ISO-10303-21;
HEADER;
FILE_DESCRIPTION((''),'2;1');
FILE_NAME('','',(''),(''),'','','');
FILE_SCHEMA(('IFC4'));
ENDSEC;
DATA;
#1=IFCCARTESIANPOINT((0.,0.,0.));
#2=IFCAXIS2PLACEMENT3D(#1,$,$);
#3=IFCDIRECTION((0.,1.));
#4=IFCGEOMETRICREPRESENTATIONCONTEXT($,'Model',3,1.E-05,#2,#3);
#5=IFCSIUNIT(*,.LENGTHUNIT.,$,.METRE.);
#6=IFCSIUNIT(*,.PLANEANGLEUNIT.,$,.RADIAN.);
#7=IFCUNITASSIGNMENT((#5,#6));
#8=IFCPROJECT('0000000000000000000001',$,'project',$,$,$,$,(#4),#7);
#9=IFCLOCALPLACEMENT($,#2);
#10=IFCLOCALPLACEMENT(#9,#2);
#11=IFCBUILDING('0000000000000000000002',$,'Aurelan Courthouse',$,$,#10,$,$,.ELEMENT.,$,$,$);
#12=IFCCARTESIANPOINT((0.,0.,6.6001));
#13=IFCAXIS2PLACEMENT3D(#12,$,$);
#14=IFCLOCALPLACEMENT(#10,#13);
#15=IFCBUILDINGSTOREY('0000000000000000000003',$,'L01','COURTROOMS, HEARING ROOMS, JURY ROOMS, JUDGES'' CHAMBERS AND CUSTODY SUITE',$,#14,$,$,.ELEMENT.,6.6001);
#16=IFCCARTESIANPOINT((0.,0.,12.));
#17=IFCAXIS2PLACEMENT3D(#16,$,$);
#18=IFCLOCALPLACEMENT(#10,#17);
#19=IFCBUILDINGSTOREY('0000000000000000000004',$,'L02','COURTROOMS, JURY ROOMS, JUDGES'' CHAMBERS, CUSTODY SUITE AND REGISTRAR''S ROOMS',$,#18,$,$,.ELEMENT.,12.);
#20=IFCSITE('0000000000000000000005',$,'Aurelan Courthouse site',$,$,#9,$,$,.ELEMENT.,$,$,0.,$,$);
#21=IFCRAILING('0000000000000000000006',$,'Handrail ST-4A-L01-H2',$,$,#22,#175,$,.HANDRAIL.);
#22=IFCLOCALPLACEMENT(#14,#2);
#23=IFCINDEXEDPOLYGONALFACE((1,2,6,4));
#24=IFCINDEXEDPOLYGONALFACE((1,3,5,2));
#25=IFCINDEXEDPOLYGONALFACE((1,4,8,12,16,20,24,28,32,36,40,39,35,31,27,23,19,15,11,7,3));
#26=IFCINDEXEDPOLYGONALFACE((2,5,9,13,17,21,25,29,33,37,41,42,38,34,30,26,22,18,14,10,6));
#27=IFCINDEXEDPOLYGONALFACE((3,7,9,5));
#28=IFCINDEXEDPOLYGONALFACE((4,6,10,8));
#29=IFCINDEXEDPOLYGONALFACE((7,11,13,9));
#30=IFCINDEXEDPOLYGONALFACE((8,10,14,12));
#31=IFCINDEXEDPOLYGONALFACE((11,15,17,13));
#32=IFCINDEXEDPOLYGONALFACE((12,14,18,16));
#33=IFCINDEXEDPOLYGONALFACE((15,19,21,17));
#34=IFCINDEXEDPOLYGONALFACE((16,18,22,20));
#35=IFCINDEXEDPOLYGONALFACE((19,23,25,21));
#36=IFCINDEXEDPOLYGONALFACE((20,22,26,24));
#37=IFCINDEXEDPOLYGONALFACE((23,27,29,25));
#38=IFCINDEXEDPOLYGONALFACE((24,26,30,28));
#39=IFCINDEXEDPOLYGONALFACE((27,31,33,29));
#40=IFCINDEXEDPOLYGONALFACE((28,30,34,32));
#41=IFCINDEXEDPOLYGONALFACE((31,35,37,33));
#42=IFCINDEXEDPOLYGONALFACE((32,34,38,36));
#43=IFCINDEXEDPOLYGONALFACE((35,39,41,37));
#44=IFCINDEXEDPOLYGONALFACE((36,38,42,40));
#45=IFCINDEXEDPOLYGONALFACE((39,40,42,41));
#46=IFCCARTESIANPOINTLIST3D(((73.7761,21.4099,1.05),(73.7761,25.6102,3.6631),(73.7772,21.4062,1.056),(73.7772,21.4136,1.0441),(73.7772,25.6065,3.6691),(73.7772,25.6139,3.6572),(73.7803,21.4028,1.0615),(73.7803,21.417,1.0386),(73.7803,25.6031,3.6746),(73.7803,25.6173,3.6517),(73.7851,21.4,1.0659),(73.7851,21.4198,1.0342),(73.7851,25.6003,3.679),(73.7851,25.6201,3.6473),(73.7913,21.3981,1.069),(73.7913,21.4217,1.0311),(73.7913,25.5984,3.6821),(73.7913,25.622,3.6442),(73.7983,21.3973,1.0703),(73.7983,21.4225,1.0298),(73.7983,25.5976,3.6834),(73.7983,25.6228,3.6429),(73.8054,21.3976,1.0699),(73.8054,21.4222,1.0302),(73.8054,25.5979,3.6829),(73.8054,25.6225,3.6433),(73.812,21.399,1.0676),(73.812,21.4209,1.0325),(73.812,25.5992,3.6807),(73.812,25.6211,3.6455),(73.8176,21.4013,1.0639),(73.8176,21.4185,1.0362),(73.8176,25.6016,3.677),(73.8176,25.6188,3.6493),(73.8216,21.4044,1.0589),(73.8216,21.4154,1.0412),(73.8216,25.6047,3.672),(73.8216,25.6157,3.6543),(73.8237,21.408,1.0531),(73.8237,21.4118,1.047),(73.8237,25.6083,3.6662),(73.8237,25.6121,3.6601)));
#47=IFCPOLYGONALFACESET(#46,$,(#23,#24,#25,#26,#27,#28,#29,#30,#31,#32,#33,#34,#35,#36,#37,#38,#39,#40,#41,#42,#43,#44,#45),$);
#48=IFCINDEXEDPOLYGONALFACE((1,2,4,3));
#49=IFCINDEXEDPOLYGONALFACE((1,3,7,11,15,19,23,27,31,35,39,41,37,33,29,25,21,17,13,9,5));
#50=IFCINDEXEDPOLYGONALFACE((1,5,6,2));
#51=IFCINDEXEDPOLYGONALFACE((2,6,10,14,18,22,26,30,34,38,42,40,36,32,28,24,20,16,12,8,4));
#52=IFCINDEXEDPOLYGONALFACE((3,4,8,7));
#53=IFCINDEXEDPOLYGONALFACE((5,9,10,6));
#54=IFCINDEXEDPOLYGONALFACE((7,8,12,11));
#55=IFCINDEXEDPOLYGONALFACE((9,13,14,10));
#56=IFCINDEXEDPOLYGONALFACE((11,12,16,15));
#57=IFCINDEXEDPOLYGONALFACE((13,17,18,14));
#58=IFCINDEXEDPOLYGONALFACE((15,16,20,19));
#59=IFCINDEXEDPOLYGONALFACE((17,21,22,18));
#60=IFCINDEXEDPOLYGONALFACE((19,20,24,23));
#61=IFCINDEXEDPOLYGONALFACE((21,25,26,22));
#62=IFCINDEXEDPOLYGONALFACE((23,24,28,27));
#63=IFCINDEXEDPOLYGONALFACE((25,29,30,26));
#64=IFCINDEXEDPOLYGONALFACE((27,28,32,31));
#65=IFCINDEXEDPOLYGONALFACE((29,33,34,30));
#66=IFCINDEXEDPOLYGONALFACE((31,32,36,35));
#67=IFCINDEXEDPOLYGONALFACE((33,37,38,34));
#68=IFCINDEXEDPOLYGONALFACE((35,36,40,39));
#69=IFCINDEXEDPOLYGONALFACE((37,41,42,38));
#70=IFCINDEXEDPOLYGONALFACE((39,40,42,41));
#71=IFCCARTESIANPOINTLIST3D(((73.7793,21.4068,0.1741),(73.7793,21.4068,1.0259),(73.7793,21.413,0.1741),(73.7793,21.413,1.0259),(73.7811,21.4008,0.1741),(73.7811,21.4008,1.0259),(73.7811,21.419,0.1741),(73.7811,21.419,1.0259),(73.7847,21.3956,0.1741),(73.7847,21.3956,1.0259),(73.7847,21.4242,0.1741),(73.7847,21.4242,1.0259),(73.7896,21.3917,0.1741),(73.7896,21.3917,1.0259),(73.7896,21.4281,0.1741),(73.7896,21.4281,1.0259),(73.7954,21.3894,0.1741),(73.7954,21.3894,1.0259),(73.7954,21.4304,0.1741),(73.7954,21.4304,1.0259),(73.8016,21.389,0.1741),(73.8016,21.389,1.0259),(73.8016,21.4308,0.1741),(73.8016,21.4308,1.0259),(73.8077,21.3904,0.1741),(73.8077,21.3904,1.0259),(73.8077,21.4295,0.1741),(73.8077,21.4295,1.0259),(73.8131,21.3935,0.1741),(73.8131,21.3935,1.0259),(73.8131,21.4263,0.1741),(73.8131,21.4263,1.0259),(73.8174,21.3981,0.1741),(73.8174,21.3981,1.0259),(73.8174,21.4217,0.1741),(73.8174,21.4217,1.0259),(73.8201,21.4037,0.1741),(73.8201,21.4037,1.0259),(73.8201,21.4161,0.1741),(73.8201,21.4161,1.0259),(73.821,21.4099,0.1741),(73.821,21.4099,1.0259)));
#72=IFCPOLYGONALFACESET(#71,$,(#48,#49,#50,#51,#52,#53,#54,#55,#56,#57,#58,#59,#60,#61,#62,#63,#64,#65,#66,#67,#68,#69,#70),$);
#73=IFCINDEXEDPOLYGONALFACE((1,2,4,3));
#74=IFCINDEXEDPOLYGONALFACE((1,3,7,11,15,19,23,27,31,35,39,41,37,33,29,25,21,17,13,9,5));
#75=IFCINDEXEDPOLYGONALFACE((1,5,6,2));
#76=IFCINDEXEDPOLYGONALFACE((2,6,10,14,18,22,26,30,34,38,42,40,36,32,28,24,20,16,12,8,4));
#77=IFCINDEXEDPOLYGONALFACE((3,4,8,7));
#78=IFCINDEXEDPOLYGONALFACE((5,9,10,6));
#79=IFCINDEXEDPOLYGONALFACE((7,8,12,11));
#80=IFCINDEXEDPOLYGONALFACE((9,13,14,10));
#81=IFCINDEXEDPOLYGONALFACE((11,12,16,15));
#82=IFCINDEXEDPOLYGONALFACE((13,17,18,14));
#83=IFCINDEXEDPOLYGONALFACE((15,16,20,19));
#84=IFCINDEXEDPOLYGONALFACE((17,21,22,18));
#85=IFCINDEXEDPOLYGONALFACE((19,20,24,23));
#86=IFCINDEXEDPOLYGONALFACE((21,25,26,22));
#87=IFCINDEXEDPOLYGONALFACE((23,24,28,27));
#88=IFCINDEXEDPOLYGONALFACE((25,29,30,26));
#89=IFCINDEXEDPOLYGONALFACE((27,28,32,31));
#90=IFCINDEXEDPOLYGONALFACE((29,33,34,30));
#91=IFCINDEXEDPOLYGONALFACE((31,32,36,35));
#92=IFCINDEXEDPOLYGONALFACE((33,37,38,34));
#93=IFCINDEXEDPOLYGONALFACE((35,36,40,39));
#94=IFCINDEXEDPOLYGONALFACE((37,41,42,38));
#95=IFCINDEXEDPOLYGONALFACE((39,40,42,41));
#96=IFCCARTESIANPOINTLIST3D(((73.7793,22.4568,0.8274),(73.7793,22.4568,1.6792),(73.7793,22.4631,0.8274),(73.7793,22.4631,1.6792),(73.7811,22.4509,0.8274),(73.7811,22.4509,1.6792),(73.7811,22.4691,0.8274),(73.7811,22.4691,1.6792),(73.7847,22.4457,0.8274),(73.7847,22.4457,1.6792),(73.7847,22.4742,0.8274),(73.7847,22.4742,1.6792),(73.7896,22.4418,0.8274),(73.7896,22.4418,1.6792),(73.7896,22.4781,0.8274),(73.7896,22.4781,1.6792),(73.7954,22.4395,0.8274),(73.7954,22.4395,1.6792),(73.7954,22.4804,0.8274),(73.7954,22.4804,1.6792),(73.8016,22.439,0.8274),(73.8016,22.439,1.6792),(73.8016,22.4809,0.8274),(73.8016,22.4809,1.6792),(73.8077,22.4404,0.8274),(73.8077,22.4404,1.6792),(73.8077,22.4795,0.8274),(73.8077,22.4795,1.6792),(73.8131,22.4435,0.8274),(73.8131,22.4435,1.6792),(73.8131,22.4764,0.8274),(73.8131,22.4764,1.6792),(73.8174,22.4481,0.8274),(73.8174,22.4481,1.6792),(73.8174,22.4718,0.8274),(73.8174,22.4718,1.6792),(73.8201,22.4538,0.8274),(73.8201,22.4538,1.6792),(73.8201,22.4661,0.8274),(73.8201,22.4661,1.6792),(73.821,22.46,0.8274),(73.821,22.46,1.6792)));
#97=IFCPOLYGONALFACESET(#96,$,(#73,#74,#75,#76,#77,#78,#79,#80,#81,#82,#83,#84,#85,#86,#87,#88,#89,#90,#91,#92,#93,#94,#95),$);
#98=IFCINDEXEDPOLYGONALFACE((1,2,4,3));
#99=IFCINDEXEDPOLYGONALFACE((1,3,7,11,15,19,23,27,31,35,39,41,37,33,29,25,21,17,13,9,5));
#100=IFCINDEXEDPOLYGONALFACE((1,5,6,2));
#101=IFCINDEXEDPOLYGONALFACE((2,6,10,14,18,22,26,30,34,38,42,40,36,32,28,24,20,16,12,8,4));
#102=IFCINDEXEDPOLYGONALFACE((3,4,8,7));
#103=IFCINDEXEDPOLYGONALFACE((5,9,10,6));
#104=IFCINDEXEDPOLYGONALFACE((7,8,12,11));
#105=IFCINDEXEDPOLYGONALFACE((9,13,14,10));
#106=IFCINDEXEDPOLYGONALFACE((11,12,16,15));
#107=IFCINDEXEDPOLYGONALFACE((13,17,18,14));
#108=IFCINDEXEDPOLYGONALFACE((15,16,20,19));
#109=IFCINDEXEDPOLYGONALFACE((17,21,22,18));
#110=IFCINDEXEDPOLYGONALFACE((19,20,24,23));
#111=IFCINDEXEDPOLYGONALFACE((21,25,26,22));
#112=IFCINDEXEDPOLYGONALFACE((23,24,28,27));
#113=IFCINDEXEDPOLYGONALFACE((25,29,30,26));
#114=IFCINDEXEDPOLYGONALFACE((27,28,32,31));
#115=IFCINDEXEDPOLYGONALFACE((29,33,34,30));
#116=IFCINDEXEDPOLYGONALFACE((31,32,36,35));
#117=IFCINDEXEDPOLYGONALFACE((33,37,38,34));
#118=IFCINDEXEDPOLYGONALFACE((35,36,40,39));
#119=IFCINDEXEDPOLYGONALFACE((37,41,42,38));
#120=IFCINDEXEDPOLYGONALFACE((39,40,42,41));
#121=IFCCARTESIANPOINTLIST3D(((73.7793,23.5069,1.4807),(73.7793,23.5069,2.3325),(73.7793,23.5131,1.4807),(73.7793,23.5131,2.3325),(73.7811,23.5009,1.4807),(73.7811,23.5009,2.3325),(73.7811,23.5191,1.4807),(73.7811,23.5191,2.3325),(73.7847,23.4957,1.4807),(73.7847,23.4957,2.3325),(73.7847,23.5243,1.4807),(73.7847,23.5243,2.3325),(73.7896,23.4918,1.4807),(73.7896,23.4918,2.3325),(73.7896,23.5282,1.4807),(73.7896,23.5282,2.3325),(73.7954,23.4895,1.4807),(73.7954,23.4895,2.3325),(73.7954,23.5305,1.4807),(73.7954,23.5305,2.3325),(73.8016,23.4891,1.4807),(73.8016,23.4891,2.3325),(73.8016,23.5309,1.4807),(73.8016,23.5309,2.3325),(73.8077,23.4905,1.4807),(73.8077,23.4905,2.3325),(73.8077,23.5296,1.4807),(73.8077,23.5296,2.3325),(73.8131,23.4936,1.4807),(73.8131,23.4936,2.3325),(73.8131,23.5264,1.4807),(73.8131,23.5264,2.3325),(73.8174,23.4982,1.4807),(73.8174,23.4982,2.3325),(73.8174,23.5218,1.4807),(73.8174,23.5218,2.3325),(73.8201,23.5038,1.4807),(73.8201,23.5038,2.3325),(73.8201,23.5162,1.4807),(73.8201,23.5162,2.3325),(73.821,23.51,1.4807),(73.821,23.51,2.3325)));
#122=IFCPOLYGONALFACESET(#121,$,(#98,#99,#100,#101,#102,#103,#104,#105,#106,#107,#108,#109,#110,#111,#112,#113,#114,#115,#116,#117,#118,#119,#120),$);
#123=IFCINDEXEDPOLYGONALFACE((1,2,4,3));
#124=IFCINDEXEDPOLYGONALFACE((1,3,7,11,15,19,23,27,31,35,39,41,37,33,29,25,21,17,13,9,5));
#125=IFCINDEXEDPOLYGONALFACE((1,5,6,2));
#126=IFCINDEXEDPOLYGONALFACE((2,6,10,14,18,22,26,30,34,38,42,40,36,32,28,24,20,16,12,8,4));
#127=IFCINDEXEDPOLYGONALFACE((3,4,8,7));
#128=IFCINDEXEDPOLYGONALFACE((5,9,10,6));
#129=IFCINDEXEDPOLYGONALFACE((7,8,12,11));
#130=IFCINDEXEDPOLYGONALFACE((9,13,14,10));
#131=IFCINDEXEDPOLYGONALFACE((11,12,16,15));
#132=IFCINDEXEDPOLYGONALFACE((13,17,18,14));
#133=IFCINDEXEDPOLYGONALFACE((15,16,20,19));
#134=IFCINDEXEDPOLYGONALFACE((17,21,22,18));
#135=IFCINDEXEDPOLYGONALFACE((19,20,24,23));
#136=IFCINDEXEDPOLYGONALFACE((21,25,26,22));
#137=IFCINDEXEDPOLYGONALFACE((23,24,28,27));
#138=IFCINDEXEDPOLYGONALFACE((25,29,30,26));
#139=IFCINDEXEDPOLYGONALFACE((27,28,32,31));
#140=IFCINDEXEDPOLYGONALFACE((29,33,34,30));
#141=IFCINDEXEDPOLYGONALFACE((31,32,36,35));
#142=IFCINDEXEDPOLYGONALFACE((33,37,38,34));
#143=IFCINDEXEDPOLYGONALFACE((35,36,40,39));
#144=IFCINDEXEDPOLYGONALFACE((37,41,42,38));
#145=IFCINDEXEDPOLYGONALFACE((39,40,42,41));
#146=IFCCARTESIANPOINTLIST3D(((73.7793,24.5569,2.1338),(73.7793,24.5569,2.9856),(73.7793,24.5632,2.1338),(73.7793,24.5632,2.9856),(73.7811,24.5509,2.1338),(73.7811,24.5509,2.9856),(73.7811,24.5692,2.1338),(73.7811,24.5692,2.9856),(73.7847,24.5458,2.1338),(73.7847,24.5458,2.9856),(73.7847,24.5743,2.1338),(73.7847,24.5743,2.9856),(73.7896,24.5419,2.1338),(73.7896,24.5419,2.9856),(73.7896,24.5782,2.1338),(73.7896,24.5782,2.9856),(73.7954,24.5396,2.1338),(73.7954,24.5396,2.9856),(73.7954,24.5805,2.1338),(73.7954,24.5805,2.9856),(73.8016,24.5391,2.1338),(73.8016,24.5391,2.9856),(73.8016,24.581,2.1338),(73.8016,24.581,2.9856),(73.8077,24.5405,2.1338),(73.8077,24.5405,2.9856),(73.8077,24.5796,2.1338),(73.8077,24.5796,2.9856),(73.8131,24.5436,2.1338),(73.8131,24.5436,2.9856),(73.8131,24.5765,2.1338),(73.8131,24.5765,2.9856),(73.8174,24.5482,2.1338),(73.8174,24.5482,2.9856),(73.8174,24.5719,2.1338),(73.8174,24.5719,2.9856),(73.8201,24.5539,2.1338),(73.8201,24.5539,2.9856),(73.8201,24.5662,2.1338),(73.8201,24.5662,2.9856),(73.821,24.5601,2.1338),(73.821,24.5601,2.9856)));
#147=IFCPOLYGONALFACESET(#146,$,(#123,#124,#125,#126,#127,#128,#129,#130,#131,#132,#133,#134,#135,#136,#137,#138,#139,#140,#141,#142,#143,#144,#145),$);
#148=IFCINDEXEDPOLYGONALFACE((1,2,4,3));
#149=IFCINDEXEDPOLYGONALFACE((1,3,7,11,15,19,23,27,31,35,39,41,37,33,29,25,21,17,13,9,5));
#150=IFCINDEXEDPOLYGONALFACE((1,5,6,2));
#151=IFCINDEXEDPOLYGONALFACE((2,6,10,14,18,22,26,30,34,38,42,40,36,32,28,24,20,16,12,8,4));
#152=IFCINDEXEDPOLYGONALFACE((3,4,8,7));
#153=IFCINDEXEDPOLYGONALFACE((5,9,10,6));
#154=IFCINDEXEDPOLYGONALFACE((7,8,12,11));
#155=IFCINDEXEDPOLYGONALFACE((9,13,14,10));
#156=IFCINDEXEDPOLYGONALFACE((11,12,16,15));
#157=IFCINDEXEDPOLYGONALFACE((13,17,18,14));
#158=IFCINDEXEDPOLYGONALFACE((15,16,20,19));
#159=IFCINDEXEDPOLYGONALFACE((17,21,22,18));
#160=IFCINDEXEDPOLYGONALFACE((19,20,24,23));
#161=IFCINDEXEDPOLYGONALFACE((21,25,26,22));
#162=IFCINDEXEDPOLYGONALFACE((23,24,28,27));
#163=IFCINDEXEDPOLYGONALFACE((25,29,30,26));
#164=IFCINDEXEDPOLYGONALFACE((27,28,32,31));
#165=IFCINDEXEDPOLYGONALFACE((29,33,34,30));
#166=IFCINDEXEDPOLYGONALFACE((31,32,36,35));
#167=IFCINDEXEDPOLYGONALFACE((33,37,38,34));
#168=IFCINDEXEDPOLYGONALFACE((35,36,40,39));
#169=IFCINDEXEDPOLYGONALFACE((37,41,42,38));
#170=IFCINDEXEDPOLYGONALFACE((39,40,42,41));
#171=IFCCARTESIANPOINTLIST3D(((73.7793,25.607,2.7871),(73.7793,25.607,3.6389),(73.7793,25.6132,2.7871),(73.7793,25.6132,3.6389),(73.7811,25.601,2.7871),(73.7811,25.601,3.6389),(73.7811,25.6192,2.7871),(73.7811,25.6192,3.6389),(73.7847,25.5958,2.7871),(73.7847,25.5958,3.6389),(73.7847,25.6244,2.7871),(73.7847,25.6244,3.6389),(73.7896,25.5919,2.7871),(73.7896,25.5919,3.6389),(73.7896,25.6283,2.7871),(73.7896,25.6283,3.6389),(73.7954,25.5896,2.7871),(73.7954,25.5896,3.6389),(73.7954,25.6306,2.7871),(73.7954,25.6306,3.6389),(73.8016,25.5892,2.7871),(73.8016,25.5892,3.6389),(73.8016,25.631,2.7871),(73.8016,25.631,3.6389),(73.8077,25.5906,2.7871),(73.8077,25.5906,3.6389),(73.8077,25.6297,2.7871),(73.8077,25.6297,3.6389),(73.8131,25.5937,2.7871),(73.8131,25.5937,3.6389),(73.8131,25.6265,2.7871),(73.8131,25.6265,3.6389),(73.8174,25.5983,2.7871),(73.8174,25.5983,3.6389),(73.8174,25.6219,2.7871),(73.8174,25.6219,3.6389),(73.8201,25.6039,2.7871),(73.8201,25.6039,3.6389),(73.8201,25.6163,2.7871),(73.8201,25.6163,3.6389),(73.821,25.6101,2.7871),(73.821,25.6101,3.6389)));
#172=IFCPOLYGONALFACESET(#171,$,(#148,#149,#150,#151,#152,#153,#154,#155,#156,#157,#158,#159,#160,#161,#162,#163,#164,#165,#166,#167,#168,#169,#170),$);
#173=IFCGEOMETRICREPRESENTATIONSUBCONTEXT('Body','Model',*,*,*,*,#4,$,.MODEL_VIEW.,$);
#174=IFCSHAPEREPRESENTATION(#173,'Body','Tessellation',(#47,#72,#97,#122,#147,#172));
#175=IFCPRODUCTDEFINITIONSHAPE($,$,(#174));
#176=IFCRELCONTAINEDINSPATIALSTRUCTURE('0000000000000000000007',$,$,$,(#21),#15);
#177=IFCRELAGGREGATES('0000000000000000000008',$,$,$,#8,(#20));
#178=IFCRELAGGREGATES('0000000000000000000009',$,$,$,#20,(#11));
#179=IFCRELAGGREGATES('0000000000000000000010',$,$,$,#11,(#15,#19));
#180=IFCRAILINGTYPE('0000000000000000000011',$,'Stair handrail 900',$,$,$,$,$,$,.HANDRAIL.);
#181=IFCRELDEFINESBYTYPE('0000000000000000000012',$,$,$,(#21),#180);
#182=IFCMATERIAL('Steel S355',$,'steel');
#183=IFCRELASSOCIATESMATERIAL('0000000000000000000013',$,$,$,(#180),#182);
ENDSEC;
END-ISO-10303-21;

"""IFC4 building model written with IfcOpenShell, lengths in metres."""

from ifc_helpers import new_model, si_unit, direction, frame, origin, origin_2d, place, context, subcontext, project, spatial, circle, extrude, material, type_object, element, save


model = new_model("IFC4")

# Units and contexts
model_context = context("Model", 3, precision=1e-05, world=origin(), true_north=direction((0.0, 1.0)))
body_context = subcontext(model_context, "Body", "Model", "MODEL_VIEW")
ifc_project = project(units=[si_unit("LENGTHUNIT", "METRE"), si_unit("PLANEANGLEUNIT", "RADIAN")], contexts=[model_context])

# Site, building, storey
site_placement = place(None, origin())
site = spatial("IfcSite", under=ifc_project, at=site_placement, Name="Aurelan Courthouse site", CompositionType="ELEMENT", RefElevation=0.0)
building_placement = place(site_placement, origin())
building = spatial("IfcBuilding", under=site, at=building_placement, Name="Aurelan Courthouse", CompositionType="ELEMENT")
storey_1_placement = place(building_placement, frame((0.0, 0.0, 6.6001)))
storey_1 = spatial("IfcBuildingStorey", under=building, at=storey_1_placement, Name="L01", Description="COURTROOMS, HEARING ROOMS, JURY ROOMS, JUDGES' CHAMBERS AND CUSTODY SUITE", CompositionType="ELEMENT", Elevation=6.6001)

# Shared definitions
storey_2_placement = place(building_placement, frame((0.0, 0.0, 12.0)))
storey_2 = spatial("IfcBuildingStorey", under=building, at=storey_2_placement, Name="L02", Description="COURTROOMS, JURY ROOMS, JUDGES' CHAMBERS, CUSTODY SUITE AND REGISTRAR'S ROOMS", CompositionType="ELEMENT", Elevation=12.0)

# Railing
ifc_material_1 = material(Name="Steel S355", Category="steel")
railing_type_1 = type_object("IfcRailingType", Name="Stair handrail 900", PredefinedType="HANDRAIL", material=ifc_material_1)
for number, where, name in (
    (1, (73.8, 21.4099, 0.1741), "Handrail ST-4A-L01-H2"),
):
    element("IfcRailing", number, at=place(storey_1_placement, frame(where)), inside=storey_1, type_object=railing_type_1, Name=name, PredefinedType="HANDRAIL", context=body_context, shape_type="SweptSolid", body=[
        extrude(circle(Radius=0.0239, at=origin_2d()), frame((0.0, 0.0, 0.876), z_axis=(0.0, 0.849094, 0.528241), x_axis=(-1.0, 0.0, 0.0)), (0.0, 0.0, 1.0), 4.9468),
        extrude(circle(Radius=0.021, at=origin_2d()), origin(), (0.0, 0.0, 1.0), 0.8518),
        extrude(circle(Radius=0.021, at=origin_2d()), frame((0.0, 1.05, 0.6533)), (0.0, 0.0, 1.0), 0.8518),
        extrude(circle(Radius=0.021, at=origin_2d()), frame((0.0, 2.1001, 1.3066)), (0.0, 0.0, 1.0), 0.8518),
        extrude(circle(Radius=0.021, at=origin_2d()), frame((0.0, 3.1501, 1.9597)), (0.0, 0.0, 1.0), 0.8518),
        extrude(circle(Radius=0.021, at=origin_2d()), frame((0.0, 4.2002, 2.613)), (0.0, 0.0, 1.0), 0.8518),
    ])

save(model, "model.ifc")
